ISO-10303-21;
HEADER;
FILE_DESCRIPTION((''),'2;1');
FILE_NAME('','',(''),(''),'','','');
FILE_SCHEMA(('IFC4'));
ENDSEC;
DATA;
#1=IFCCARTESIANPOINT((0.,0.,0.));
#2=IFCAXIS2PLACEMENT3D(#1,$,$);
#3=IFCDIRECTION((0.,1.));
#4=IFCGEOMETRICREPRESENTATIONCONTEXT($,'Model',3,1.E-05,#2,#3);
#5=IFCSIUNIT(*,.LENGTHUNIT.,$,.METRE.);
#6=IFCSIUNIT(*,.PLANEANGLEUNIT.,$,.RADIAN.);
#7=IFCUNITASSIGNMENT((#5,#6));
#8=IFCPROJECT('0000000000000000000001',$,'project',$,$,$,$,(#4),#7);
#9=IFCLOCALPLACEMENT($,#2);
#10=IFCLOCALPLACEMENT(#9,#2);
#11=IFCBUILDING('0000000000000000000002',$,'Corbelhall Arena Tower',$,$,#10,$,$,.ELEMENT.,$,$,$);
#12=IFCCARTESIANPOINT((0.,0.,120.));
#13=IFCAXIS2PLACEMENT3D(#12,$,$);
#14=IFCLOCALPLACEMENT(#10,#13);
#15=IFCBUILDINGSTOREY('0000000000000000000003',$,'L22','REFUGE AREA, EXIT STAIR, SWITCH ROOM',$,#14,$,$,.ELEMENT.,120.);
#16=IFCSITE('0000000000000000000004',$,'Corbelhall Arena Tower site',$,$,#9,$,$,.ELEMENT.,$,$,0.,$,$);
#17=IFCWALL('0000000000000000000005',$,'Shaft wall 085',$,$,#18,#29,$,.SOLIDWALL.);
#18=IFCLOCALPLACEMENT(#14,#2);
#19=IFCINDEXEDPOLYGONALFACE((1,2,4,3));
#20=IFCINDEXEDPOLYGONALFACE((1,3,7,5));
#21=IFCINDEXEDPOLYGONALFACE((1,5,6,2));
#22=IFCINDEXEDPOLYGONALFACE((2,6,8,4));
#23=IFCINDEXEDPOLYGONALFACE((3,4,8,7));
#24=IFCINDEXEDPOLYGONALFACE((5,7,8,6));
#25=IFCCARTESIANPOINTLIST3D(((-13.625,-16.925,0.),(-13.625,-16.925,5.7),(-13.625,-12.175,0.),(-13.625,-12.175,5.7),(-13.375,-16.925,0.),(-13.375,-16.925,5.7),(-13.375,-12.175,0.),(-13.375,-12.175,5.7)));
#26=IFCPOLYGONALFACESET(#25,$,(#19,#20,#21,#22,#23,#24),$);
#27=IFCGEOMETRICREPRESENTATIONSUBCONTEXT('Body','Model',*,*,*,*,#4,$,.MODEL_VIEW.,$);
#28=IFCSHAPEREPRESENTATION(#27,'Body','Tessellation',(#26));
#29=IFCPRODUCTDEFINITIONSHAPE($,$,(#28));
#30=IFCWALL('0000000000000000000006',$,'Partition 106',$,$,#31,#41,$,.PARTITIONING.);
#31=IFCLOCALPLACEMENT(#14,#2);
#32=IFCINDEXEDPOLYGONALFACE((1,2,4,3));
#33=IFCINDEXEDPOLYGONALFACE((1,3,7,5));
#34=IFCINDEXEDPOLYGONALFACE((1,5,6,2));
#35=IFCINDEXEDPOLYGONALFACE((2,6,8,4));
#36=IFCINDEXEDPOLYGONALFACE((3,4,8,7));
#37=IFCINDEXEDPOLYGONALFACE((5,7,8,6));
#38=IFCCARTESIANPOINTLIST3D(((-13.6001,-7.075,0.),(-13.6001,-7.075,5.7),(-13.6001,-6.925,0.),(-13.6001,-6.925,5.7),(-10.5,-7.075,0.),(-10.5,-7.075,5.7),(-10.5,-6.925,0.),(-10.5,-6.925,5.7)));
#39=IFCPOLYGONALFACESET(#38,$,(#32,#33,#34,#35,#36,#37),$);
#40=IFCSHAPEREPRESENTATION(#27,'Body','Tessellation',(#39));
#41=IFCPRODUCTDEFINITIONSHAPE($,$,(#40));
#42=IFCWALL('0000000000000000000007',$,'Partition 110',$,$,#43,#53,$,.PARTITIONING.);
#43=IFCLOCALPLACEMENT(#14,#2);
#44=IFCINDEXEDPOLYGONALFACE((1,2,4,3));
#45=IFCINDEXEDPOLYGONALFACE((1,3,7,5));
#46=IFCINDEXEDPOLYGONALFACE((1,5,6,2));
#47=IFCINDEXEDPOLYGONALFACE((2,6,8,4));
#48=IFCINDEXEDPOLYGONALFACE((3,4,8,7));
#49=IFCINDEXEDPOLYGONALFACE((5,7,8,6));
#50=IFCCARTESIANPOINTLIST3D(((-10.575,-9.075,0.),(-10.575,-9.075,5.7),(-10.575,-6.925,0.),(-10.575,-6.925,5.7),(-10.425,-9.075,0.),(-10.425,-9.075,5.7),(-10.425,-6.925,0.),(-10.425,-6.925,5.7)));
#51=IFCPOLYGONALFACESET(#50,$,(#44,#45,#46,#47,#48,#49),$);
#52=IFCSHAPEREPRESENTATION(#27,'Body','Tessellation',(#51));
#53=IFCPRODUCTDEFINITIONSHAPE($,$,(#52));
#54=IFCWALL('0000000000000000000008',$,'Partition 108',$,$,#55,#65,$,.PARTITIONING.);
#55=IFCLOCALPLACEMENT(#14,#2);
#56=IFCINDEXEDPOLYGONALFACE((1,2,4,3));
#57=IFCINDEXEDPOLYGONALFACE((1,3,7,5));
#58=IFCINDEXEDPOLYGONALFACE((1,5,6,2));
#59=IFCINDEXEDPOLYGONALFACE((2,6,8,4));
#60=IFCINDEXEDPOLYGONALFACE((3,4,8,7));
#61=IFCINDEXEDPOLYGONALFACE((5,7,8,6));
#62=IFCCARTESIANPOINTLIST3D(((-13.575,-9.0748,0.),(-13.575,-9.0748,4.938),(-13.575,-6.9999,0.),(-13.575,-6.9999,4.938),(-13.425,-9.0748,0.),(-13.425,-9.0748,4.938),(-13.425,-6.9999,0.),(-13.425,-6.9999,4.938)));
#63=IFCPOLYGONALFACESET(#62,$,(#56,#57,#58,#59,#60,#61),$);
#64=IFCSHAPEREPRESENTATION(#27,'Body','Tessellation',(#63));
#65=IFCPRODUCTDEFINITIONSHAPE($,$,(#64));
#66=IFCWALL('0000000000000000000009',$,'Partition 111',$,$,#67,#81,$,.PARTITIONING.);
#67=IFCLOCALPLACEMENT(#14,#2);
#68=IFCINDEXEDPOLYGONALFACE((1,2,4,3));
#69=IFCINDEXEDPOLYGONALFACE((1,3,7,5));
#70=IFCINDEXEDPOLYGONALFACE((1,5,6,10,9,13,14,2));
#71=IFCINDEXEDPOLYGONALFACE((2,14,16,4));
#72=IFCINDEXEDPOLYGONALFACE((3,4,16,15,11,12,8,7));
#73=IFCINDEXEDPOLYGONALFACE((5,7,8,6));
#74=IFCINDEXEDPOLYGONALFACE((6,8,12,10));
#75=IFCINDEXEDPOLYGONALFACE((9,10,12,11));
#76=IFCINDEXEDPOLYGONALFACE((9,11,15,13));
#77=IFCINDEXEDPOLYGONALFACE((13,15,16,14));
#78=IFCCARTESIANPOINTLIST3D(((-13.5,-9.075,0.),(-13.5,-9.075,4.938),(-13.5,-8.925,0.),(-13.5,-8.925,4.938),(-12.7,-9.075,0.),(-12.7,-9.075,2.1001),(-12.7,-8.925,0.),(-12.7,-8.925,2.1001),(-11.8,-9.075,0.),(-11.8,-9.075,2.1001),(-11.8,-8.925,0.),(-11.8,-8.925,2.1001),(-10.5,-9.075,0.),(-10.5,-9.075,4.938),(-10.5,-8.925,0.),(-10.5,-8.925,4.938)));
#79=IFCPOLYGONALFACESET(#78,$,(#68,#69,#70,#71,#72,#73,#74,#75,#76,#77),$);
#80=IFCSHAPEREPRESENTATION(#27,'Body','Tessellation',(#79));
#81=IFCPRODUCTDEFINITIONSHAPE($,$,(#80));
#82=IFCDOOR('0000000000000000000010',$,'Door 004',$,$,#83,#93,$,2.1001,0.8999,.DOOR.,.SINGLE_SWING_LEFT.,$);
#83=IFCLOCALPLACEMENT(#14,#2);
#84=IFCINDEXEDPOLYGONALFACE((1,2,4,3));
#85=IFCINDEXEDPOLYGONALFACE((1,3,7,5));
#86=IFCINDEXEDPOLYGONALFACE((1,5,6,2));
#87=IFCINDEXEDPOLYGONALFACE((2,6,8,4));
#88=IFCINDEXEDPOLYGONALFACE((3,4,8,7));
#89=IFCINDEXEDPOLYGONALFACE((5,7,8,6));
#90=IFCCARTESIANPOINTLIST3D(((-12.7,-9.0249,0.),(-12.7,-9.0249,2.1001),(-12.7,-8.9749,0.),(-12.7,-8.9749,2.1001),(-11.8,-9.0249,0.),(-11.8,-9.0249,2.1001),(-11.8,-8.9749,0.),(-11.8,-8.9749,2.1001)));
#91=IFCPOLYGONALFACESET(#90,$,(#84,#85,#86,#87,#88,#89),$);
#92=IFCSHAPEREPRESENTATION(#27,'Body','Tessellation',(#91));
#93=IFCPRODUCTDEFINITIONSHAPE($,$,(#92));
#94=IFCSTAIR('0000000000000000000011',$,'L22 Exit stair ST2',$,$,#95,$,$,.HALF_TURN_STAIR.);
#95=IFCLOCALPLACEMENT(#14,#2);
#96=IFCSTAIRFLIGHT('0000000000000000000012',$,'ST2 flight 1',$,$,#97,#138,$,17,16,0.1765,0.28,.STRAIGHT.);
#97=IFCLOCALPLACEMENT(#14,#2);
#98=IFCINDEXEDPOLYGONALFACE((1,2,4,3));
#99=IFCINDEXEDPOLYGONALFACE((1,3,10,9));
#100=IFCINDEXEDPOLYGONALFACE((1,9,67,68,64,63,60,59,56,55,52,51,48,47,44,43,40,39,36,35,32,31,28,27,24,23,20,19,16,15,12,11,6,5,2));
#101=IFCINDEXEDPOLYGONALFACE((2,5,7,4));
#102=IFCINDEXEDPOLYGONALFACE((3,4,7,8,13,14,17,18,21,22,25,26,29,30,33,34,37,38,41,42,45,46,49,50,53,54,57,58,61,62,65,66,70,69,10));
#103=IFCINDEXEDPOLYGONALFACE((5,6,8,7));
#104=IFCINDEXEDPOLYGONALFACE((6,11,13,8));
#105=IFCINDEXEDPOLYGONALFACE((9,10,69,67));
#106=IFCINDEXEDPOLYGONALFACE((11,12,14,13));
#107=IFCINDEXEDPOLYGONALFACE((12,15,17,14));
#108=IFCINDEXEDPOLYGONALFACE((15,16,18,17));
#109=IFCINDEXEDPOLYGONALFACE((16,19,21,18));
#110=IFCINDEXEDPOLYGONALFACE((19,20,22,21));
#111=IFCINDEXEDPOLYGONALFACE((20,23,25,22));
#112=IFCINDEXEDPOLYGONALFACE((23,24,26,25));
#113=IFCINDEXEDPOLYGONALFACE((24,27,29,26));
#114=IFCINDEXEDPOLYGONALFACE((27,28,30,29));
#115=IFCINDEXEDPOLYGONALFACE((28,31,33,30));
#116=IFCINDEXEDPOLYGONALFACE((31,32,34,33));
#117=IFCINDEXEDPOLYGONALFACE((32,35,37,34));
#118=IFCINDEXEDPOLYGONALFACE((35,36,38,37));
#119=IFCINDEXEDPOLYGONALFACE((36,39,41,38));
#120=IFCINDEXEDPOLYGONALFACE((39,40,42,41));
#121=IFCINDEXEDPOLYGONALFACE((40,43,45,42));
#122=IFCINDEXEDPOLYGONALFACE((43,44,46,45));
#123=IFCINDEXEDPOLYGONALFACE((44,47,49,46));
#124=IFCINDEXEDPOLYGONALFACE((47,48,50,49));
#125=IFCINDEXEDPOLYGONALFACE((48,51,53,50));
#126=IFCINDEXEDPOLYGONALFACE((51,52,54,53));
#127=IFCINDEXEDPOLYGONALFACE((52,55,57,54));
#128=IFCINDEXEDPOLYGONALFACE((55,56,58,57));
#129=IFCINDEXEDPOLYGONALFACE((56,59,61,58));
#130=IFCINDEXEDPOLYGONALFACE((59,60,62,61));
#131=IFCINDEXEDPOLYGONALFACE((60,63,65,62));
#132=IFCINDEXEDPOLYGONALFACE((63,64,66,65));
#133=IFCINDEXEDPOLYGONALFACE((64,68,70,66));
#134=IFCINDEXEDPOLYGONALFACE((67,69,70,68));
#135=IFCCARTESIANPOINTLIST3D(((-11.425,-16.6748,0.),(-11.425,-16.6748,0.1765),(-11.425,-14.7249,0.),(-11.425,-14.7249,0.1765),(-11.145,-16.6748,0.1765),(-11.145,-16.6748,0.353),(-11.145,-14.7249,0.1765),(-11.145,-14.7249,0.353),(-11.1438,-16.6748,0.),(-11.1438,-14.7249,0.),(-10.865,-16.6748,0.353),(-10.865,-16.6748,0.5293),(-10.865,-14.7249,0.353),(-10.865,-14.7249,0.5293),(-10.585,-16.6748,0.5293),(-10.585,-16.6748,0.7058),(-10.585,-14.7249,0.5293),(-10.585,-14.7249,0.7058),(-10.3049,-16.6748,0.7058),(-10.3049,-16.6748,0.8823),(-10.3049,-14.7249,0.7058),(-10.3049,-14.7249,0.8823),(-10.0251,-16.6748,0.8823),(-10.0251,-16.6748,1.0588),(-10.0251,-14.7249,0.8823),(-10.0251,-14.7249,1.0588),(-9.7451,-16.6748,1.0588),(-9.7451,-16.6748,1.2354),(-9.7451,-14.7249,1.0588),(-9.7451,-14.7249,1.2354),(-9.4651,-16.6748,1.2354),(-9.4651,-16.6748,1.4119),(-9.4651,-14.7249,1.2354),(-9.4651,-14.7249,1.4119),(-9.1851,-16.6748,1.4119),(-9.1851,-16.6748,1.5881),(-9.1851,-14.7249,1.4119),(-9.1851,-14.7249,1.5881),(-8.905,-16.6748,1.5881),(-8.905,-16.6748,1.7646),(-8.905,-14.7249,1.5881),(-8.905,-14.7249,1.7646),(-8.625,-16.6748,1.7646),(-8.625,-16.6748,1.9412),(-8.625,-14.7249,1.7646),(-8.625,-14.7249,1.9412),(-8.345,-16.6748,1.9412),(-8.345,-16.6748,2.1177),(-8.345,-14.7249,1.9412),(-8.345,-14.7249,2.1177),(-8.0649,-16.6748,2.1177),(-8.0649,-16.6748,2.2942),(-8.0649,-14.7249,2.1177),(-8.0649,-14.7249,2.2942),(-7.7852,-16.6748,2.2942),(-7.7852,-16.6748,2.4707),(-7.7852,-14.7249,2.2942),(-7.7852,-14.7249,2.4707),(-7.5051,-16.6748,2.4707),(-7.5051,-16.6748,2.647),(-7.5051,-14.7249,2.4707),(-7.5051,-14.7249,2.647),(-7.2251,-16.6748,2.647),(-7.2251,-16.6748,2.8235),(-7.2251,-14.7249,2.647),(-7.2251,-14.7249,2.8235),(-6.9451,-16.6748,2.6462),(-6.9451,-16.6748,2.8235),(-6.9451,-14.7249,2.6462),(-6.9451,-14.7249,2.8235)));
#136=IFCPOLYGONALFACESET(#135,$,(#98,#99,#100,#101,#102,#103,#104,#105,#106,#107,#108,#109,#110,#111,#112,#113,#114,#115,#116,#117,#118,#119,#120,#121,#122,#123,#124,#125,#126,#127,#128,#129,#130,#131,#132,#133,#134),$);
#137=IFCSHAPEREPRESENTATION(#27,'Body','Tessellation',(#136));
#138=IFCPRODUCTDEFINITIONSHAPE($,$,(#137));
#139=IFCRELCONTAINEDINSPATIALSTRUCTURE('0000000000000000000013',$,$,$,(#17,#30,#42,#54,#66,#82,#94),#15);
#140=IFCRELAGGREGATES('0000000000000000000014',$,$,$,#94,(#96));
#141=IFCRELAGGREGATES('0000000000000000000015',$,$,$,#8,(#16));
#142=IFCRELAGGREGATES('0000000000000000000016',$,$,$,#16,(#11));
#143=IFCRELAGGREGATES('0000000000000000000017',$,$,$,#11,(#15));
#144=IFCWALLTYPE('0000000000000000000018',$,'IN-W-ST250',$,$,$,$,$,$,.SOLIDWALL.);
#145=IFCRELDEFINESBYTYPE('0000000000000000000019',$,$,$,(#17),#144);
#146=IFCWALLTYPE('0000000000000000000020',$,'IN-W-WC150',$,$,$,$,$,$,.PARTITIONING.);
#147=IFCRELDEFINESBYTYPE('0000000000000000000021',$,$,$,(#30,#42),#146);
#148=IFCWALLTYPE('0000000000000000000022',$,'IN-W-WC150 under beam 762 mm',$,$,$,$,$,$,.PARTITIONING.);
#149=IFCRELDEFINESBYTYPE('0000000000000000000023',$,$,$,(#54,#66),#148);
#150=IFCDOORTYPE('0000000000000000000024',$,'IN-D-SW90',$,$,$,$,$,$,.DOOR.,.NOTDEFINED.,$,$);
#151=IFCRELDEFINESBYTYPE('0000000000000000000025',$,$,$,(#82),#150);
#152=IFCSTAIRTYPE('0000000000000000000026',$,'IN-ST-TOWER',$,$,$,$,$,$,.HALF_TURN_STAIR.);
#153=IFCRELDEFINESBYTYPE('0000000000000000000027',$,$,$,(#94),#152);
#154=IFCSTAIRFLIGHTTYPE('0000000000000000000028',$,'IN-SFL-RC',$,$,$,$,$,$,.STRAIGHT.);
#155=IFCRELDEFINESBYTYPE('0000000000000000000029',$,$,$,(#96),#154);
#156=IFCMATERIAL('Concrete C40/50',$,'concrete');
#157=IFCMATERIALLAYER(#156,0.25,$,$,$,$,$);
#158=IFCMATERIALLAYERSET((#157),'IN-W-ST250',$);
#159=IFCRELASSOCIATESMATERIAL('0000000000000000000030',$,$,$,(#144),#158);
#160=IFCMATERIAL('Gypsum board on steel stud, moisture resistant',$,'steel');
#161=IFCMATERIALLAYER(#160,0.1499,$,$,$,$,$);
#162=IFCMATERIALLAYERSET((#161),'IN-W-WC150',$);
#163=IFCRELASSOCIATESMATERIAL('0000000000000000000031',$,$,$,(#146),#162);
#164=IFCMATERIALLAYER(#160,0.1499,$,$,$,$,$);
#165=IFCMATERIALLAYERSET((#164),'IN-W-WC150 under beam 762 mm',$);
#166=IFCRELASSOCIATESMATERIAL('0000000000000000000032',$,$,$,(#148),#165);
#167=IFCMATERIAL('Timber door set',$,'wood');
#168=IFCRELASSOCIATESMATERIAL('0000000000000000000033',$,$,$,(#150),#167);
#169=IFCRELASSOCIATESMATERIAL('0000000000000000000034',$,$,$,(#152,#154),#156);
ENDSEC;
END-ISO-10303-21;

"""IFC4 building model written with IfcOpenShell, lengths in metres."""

from ifc_helpers import new_model, si_unit, direction, frame, frame_2d, origin, place, context, subcontext, project, spatial, polyline, rectangle, outline, extrude, material, layer, layer_set, type_object, element, fill, aggregate, save


model = new_model("IFC4")

# Units and contexts
model_context = context("Model", 3, precision=1e-05, world=origin(), true_north=direction((0.0, 1.0)))
body_context = subcontext(model_context, "Body", "Model", "MODEL_VIEW")
ifc_project = project(units=[si_unit("LENGTHUNIT", "METRE"), si_unit("PLANEANGLEUNIT", "RADIAN")], contexts=[model_context])

# Site, building, storey
site_placement = place(None, origin())
site = spatial("IfcSite", under=ifc_project, at=site_placement, Name="Corbelhall Arena Tower site", CompositionType="ELEMENT", RefElevation=0.0)
building_placement = place(site_placement, origin())
building = spatial("IfcBuilding", under=site, at=building_placement, Name="Corbelhall Arena Tower", CompositionType="ELEMENT")
storey_placement = place(building_placement, frame((0.0, 0.0, 120.0)))
storey = spatial("IfcBuildingStorey", under=building, at=storey_placement, Name="L22", Description="REFUGE AREA, EXIT STAIR, SWITCH ROOM", CompositionType="ELEMENT", Elevation=120.0)

# Shared definitions
ifc_material_1 = material(Name="Concrete C40/50", Category="concrete")

# Walls
ifc_layer_1 = layer(ifc_material_1, 0.25)
ifc_layer_set_1 = layer_set([ifc_layer_1], Name="IN-W-ST250")
wall_type_1 = type_object("IfcWallType", Name="IN-W-ST250", PredefinedType="SOLIDWALL", material=ifc_layer_set_1)
wall_1_placement = place(storey_placement, frame((-13.5, -12.175, 0.0), z_axis=(0.0, 0.0, 1.0), x_axis=(0.0, -1.0, 0.0)))
element("IfcWall", 1, at=wall_1_placement, inside=storey, type_object=wall_type_1, Name="Shaft wall 085", PredefinedType="SOLIDWALL", context=body_context, shape_type="SweptSolid", body=[
    extrude(rectangle(XDim=4.75, YDim=0.25, at=frame_2d((2.375, 0.0))), origin(), (0.0, 0.0, 1.0), 5.7),
])
ifc_material_2 = material(Name="Gypsum board on steel stud, moisture resistant", Category="steel")
ifc_layer_2 = layer(ifc_material_2, 0.1499)
ifc_layer_set_2 = layer_set([ifc_layer_2], Name="IN-W-WC150")
wall_type_2 = type_object("IfcWallType", Name="IN-W-WC150", PredefinedType="PARTITIONING", material=ifc_layer_set_2)
wall_2_placement = place(storey_placement, frame((-13.6001, -7.0, 0.0), z_axis=(0.0, 0.0, 1.0), x_axis=(1.0, 0.0, 0.0)))
element("IfcWall", 2, at=wall_2_placement, inside=storey, type_object=wall_type_2, Name="Partition 106", PredefinedType="PARTITIONING", context=body_context, shape_type="SweptSolid", body=[
    extrude(rectangle(XDim=3.1001, YDim=0.1499, at=frame_2d((1.55, 0.0))), origin(), (0.0, 0.0, 1.0), 5.7),
])
wall_3_placement = place(storey_placement, frame((-10.5, -9.075, 0.0), z_axis=(0.0, 0.0, 1.0), x_axis=(0.0, 1.0, 0.0)))
element("IfcWall", 3, at=wall_3_placement, inside=storey, type_object=wall_type_2, Name="Partition 110", PredefinedType="PARTITIONING", context=body_context, shape_type="SweptSolid", body=[
    extrude(rectangle(XDim=2.1499, YDim=0.1499, at=frame_2d((1.075, 0.0))), origin(), (0.0, 0.0, 1.0), 5.7),
])
ifc_layer_3 = layer(ifc_material_2, 0.1499)
ifc_layer_set_3 = layer_set([ifc_layer_3], Name="IN-W-WC150 under beam 762 mm")
wall_type_3 = type_object("IfcWallType", Name="IN-W-WC150 under beam 762 mm", PredefinedType="PARTITIONING", material=ifc_layer_set_3)
wall_4_placement = place(storey_placement, frame((-13.5, -9.075, 0.0), z_axis=(0.0, 0.0, 1.0), x_axis=(0.0, 1.0, 0.0)))
element("IfcWall", 4, at=wall_4_placement, inside=storey, type_object=wall_type_3, Name="Partition 108", PredefinedType="PARTITIONING", context=body_context, shape_type="SweptSolid", body=[
    extrude(rectangle(XDim=2.075, YDim=0.1499, at=frame_2d((1.0376, 0.0))), origin(), (0.0, 0.0, 1.0), 4.938),
])

# Wall, opening, door
wall_5_placement = place(storey_placement, frame((-10.5, -9.0, 0.0), z_axis=(0.0, 0.0, 1.0), x_axis=(-1.0, 0.0, 0.0)))
wall_5 = element("IfcWall", 5, at=wall_5_placement, inside=storey, type_object=wall_type_3, Name="Partition 111", PredefinedType="PARTITIONING", context=body_context, shape_type="SweptSolid", body=[
    extrude(rectangle(XDim=3.0, YDim=0.1499, at=frame_2d((1.5, 0.0))), origin(), (0.0, 0.0, 1.0), 4.938),
])
opening_1_placement = place(wall_5_placement, frame((1.3, 0.0, 0.0)))
opening_1 = element("IfcOpeningElement", 6, at=opening_1_placement, cuts=wall_5, PredefinedType="OPENING", context=body_context, shape_type="SweptSolid", body=[
    extrude(rectangle(XDim=0.8999, YDim=2.1001, at=frame_2d((0.45, 1.05))), frame((0.0, 0.075, 0.0), z_axis=(0.0, -1.0, 0.0), x_axis=(1.0, 0.0, 0.0)), (0.0, 0.0, 1.0), 0.1499),
])
ifc_material_3 = material(Name="Timber door set", Category="wood")
door_type_1 = type_object("IfcDoorType", Name="IN-D-SW90", OperationType="NOTDEFINED", PredefinedType="DOOR", material=ifc_material_3)
door_1_placement = place(opening_1_placement, origin())
door_1 = element("IfcDoor", 7, at=door_1_placement, inside=storey, type_object=door_type_1, Name="Door 004", OperationType="SINGLE_SWING_LEFT", OverallHeight=2.1001, OverallWidth=0.8999, PredefinedType="DOOR", context=body_context, shape_type="SweptSolid", body=[
    extrude(rectangle(XDim=0.8999, YDim=2.1001, at=frame_2d((0.45, 1.05))), frame((0.0, 0.0249, 0.0), z_axis=(0.0, -1.0, 0.0), x_axis=(1.0, 0.0, 0.0)), (0.0, 0.0, 1.0), 0.05),
])
fill(opening_1, door_1)

# Stair, stair flight
stair_type = type_object("IfcStairType", Name="IN-ST-TOWER", PredefinedType="HALF_TURN_STAIR", material=ifc_material_1)
stair_placement = place(storey_placement, origin())
stair = element("IfcStair", 8, at=stair_placement, inside=storey, type_object=stair_type, Name="L22 Exit stair ST2", PredefinedType="HALF_TURN_STAIR")
stair_flight_type = type_object("IfcStairFlightType", Name="IN-SFL-RC", PredefinedType="STRAIGHT", material=ifc_material_1)
stair_flight_placement = place(storey_placement, frame((-11.425, -15.7, 0.0), z_axis=(0.0, 0.0, 1.0), x_axis=(1.0, 0.0, 0.0)))
stair_flight = element("IfcStairFlight", 9, at=stair_flight_placement, type_object=stair_flight_type, Name="ST2 flight 1", NumberOfRisers=17, NumberOfTreads=16, PredefinedType="STRAIGHT", RiserHeight=0.1765, TreadLength=0.28, context=body_context, shape_type="SweptSolid", body=[
    extrude(outline(polyline([(0.0, 0.0), (0.0, 0.1765), (0.28, 0.1765), (0.28, 0.353), (0.5601, 0.353), (0.5601, 0.5293), (0.8401, 0.5293), (0.8401, 0.7058), (1.1201, 0.7058), (1.1201, 0.8823), (1.3999, 0.8823), (1.3999, 1.0588), (1.6799, 1.0588), (1.6799, 1.2354), (1.96, 1.2354), (1.96, 1.4119), (2.24, 1.4119), (2.24, 1.5881), (2.52, 1.5881), (2.52, 1.7646), (2.8, 1.7646), (2.8, 1.9412), (3.0801, 1.9412), (3.0801, 2.1177), (3.3601, 2.1177), (3.3601, 2.2942), (3.6399, 2.2942), (3.6399, 2.4707), (3.9199, 2.4707), (3.9199, 2.647), (4.2, 2.647), (4.2, 2.8235), (4.48, 2.8235), (4.48, 3.0), (4.48, 2.6462), (0.2812, 0.0), (0.0, 0.0)])), frame((0.0, 0.9751, 0.0), z_axis=(0.0, -1.0, 0.0), x_axis=(1.0, 0.0, 0.0)), (0.0, 0.0, 1.0), 1.95),
])
aggregate(stair, [stair_flight])

save(model, "model.ifc")
